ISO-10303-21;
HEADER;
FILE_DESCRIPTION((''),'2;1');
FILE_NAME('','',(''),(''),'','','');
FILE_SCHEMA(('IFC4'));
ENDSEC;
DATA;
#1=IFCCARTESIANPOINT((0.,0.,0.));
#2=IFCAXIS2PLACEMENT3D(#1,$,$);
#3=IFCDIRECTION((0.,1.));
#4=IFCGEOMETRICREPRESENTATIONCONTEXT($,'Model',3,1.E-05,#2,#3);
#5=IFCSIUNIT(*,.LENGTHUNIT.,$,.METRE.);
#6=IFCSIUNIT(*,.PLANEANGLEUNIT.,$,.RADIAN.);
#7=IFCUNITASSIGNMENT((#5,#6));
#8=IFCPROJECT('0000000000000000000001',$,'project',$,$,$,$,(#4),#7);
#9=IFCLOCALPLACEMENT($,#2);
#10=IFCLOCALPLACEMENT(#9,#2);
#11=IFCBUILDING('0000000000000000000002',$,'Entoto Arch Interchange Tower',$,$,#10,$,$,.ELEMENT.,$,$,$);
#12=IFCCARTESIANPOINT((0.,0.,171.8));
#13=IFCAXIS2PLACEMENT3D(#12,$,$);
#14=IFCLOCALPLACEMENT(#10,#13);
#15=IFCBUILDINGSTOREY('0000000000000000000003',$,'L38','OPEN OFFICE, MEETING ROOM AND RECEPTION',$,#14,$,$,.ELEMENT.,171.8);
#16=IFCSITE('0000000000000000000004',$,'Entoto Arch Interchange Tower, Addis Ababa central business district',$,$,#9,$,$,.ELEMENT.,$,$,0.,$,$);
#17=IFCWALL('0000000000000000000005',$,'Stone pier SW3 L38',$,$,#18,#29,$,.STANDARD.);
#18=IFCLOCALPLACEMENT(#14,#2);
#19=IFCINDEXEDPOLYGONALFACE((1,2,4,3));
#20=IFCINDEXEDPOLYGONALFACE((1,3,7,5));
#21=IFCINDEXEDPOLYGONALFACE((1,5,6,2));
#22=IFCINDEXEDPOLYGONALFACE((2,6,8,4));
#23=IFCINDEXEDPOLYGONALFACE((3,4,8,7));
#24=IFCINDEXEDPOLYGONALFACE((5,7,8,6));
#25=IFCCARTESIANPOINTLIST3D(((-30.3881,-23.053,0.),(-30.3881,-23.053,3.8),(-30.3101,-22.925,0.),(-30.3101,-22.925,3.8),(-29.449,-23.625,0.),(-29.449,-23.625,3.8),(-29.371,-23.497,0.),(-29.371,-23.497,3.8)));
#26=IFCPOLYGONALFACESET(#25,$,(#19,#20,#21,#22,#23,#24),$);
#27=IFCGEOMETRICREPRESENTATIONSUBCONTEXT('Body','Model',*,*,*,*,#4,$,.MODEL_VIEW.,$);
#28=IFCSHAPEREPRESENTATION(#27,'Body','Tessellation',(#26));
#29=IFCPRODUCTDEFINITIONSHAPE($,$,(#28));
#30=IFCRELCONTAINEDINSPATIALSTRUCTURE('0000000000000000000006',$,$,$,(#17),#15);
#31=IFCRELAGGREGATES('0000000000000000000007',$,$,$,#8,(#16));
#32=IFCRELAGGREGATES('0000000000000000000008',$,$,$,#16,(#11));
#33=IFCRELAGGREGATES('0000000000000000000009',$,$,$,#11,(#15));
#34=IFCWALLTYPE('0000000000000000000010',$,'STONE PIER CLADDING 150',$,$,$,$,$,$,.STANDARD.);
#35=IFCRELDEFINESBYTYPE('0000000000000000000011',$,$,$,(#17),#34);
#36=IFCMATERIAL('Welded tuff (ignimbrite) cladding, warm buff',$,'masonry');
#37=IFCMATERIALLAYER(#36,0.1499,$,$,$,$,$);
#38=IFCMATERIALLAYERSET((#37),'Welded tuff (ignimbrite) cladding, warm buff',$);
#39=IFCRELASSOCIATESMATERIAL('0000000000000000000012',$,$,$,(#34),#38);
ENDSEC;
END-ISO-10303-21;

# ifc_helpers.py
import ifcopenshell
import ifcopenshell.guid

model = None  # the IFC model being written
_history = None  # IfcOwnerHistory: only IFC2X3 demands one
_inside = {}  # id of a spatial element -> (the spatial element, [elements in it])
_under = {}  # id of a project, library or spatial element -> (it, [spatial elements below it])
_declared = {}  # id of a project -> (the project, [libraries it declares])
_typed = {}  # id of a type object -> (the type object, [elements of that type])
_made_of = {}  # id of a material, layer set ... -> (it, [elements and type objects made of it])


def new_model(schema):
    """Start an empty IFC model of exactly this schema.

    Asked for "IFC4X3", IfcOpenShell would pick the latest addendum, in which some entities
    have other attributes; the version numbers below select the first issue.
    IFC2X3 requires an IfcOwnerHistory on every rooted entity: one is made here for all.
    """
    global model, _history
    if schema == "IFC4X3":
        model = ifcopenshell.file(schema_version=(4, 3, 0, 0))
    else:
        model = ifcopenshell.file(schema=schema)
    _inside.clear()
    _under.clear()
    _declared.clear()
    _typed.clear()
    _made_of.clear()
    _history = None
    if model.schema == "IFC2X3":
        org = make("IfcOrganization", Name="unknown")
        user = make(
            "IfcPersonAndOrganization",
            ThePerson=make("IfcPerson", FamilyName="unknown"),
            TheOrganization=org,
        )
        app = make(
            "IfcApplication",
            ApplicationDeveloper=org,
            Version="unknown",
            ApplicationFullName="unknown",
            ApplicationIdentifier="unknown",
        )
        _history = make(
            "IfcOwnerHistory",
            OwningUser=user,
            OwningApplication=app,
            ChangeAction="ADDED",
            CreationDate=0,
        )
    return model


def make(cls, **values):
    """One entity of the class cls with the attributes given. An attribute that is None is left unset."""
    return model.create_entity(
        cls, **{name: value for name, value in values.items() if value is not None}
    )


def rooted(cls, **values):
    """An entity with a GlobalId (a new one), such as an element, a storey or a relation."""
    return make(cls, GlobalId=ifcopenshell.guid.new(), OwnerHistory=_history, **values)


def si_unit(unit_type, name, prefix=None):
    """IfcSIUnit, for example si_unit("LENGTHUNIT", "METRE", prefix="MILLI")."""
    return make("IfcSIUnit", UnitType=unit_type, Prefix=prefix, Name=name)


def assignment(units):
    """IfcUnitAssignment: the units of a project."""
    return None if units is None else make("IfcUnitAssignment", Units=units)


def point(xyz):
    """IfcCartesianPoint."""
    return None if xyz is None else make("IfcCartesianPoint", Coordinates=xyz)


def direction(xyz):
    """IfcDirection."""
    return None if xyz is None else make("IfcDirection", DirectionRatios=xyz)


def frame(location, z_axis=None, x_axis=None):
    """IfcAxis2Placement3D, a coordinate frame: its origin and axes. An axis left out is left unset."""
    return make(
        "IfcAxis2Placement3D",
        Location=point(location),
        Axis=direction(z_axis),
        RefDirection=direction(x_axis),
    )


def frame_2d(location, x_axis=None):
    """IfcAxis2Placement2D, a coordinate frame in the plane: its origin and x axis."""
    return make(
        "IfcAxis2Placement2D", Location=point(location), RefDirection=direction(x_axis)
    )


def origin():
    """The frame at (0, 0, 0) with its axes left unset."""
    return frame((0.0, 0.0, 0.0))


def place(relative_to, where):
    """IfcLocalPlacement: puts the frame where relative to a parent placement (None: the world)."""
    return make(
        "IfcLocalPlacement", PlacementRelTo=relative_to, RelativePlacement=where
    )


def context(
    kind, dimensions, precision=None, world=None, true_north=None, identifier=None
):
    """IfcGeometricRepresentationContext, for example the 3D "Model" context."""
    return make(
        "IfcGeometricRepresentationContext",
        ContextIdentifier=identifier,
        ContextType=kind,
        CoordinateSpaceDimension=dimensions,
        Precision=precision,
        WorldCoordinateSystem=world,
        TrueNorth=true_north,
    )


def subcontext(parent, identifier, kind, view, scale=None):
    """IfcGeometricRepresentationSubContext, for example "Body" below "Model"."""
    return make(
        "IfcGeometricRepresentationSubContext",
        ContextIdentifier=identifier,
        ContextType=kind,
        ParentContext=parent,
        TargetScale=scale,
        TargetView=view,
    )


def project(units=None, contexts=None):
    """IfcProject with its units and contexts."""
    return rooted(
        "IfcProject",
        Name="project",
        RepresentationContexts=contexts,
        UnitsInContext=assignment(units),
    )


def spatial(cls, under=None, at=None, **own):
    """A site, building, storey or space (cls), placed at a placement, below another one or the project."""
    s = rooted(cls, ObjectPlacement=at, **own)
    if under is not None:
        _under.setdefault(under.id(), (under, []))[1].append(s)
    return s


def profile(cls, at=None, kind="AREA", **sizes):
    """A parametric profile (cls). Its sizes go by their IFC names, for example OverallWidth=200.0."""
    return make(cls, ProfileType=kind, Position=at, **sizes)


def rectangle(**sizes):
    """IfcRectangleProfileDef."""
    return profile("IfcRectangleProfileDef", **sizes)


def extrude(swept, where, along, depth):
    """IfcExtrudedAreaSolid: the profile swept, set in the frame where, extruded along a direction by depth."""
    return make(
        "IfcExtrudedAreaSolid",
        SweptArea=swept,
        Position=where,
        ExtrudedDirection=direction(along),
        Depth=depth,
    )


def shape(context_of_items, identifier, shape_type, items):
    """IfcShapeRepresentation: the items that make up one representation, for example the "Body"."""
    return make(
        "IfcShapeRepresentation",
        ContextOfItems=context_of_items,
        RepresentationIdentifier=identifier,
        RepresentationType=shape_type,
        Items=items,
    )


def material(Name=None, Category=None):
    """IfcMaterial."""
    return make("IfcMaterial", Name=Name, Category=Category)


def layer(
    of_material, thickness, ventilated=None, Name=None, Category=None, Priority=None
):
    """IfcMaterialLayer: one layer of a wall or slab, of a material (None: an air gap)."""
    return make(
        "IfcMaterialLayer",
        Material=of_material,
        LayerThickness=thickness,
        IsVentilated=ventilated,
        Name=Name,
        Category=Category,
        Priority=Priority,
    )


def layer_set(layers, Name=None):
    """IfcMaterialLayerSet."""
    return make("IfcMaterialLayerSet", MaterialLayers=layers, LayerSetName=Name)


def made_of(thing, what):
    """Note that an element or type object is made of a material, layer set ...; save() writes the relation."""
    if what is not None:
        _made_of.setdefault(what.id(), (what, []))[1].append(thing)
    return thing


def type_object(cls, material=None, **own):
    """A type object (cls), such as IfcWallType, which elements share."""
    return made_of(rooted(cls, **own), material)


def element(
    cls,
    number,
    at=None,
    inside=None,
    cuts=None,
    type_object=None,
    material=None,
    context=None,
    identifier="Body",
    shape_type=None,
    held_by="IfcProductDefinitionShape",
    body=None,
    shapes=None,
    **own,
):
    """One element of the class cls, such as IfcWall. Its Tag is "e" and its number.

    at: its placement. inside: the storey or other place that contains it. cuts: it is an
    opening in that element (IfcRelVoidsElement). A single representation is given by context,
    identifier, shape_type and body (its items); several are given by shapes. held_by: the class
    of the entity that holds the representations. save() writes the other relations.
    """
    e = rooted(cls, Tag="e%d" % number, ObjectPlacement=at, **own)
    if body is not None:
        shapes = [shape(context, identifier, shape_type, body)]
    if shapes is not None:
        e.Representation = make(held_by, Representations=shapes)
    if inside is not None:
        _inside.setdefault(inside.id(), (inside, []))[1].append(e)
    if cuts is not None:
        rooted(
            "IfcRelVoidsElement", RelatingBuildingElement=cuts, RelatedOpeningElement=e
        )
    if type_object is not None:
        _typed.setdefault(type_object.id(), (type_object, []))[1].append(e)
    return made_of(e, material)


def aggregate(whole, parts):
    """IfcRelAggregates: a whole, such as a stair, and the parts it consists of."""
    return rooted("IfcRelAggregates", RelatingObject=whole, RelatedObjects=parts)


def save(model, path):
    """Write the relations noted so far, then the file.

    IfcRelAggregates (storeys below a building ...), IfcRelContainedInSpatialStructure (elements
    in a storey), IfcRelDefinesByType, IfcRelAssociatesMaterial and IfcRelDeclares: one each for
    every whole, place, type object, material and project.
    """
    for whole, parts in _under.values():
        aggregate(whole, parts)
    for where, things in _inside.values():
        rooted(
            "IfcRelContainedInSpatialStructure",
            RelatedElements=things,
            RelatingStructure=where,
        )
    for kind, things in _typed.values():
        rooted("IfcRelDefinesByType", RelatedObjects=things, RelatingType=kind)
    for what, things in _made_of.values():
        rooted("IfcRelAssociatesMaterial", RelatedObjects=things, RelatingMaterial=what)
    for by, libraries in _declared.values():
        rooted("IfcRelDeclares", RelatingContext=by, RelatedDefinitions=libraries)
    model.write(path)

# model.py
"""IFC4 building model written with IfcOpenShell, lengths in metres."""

from ifc_helpers import new_model, si_unit, direction, frame, frame_2d, origin, place, context, subcontext, project, spatial, rectangle, extrude, material, layer, layer_set, type_object, element, save


model = new_model("IFC4")

# Units and contexts
model_context = context("Model", 3, precision=1e-05, world=origin(), true_north=direction((0.0, 1.0)))
body_context = subcontext(model_context, "Body", "Model", "MODEL_VIEW")
ifc_project = project(units=[si_unit("LENGTHUNIT", "METRE"), si_unit("PLANEANGLEUNIT", "RADIAN")], contexts=[model_context])

# Site, building, storey
site_placement = place(None, origin())
site = spatial("IfcSite", under=ifc_project, at=site_placement, Name="Entoto Arch Interchange Tower, Addis Ababa central business district", CompositionType="ELEMENT", RefElevation=0.0)
building_placement = place(site_placement, origin())
building = spatial("IfcBuilding", under=site, at=building_placement, Name="Entoto Arch Interchange Tower", CompositionType="ELEMENT")
storey_placement = place(building_placement, frame((0.0, 0.0, 171.8)))
storey = spatial("IfcBuildingStorey", under=building, at=storey_placement, Name="L38", Description="OPEN OFFICE, MEETING ROOM AND RECEPTION", CompositionType="ELEMENT", Elevation=171.8)

# Shared definitions
ifc_material_1 = material(Name="Welded tuff (ignimbrite) cladding, warm buff", Category="masonry")

# Wall
ifc_layer_1 = layer(ifc_material_1, 0.1499)
ifc_layer_set_1 = layer_set([ifc_layer_1], Name="Welded tuff (ignimbrite) cladding, warm buff")
wall_type_1 = type_object("IfcWallType", Name="STONE PIER CLADDING 150", PredefinedType="STANDARD", material=ifc_layer_set_1)
wall_1_placement = place(storey_placement, frame((-30.3491, -22.989, 0.0), z_axis=(0.0, 0.0, 1.0), x_axis=(0.854066, -0.520165, 0.0)))
element("IfcWall", 1, at=wall_1_placement, inside=storey, type_object=wall_type_1, Name="Stone pier SW3 L38", PredefinedType="STANDARD", context=body_context, shape_type="SweptSolid", body=[
    extrude(rectangle(XDim=1.0996, YDim=0.1499, at=frame_2d((0.5498, 0.0))), origin(), (0.0, 0.0, 1.0), 3.8),
])

save(model, "model.ifc")
